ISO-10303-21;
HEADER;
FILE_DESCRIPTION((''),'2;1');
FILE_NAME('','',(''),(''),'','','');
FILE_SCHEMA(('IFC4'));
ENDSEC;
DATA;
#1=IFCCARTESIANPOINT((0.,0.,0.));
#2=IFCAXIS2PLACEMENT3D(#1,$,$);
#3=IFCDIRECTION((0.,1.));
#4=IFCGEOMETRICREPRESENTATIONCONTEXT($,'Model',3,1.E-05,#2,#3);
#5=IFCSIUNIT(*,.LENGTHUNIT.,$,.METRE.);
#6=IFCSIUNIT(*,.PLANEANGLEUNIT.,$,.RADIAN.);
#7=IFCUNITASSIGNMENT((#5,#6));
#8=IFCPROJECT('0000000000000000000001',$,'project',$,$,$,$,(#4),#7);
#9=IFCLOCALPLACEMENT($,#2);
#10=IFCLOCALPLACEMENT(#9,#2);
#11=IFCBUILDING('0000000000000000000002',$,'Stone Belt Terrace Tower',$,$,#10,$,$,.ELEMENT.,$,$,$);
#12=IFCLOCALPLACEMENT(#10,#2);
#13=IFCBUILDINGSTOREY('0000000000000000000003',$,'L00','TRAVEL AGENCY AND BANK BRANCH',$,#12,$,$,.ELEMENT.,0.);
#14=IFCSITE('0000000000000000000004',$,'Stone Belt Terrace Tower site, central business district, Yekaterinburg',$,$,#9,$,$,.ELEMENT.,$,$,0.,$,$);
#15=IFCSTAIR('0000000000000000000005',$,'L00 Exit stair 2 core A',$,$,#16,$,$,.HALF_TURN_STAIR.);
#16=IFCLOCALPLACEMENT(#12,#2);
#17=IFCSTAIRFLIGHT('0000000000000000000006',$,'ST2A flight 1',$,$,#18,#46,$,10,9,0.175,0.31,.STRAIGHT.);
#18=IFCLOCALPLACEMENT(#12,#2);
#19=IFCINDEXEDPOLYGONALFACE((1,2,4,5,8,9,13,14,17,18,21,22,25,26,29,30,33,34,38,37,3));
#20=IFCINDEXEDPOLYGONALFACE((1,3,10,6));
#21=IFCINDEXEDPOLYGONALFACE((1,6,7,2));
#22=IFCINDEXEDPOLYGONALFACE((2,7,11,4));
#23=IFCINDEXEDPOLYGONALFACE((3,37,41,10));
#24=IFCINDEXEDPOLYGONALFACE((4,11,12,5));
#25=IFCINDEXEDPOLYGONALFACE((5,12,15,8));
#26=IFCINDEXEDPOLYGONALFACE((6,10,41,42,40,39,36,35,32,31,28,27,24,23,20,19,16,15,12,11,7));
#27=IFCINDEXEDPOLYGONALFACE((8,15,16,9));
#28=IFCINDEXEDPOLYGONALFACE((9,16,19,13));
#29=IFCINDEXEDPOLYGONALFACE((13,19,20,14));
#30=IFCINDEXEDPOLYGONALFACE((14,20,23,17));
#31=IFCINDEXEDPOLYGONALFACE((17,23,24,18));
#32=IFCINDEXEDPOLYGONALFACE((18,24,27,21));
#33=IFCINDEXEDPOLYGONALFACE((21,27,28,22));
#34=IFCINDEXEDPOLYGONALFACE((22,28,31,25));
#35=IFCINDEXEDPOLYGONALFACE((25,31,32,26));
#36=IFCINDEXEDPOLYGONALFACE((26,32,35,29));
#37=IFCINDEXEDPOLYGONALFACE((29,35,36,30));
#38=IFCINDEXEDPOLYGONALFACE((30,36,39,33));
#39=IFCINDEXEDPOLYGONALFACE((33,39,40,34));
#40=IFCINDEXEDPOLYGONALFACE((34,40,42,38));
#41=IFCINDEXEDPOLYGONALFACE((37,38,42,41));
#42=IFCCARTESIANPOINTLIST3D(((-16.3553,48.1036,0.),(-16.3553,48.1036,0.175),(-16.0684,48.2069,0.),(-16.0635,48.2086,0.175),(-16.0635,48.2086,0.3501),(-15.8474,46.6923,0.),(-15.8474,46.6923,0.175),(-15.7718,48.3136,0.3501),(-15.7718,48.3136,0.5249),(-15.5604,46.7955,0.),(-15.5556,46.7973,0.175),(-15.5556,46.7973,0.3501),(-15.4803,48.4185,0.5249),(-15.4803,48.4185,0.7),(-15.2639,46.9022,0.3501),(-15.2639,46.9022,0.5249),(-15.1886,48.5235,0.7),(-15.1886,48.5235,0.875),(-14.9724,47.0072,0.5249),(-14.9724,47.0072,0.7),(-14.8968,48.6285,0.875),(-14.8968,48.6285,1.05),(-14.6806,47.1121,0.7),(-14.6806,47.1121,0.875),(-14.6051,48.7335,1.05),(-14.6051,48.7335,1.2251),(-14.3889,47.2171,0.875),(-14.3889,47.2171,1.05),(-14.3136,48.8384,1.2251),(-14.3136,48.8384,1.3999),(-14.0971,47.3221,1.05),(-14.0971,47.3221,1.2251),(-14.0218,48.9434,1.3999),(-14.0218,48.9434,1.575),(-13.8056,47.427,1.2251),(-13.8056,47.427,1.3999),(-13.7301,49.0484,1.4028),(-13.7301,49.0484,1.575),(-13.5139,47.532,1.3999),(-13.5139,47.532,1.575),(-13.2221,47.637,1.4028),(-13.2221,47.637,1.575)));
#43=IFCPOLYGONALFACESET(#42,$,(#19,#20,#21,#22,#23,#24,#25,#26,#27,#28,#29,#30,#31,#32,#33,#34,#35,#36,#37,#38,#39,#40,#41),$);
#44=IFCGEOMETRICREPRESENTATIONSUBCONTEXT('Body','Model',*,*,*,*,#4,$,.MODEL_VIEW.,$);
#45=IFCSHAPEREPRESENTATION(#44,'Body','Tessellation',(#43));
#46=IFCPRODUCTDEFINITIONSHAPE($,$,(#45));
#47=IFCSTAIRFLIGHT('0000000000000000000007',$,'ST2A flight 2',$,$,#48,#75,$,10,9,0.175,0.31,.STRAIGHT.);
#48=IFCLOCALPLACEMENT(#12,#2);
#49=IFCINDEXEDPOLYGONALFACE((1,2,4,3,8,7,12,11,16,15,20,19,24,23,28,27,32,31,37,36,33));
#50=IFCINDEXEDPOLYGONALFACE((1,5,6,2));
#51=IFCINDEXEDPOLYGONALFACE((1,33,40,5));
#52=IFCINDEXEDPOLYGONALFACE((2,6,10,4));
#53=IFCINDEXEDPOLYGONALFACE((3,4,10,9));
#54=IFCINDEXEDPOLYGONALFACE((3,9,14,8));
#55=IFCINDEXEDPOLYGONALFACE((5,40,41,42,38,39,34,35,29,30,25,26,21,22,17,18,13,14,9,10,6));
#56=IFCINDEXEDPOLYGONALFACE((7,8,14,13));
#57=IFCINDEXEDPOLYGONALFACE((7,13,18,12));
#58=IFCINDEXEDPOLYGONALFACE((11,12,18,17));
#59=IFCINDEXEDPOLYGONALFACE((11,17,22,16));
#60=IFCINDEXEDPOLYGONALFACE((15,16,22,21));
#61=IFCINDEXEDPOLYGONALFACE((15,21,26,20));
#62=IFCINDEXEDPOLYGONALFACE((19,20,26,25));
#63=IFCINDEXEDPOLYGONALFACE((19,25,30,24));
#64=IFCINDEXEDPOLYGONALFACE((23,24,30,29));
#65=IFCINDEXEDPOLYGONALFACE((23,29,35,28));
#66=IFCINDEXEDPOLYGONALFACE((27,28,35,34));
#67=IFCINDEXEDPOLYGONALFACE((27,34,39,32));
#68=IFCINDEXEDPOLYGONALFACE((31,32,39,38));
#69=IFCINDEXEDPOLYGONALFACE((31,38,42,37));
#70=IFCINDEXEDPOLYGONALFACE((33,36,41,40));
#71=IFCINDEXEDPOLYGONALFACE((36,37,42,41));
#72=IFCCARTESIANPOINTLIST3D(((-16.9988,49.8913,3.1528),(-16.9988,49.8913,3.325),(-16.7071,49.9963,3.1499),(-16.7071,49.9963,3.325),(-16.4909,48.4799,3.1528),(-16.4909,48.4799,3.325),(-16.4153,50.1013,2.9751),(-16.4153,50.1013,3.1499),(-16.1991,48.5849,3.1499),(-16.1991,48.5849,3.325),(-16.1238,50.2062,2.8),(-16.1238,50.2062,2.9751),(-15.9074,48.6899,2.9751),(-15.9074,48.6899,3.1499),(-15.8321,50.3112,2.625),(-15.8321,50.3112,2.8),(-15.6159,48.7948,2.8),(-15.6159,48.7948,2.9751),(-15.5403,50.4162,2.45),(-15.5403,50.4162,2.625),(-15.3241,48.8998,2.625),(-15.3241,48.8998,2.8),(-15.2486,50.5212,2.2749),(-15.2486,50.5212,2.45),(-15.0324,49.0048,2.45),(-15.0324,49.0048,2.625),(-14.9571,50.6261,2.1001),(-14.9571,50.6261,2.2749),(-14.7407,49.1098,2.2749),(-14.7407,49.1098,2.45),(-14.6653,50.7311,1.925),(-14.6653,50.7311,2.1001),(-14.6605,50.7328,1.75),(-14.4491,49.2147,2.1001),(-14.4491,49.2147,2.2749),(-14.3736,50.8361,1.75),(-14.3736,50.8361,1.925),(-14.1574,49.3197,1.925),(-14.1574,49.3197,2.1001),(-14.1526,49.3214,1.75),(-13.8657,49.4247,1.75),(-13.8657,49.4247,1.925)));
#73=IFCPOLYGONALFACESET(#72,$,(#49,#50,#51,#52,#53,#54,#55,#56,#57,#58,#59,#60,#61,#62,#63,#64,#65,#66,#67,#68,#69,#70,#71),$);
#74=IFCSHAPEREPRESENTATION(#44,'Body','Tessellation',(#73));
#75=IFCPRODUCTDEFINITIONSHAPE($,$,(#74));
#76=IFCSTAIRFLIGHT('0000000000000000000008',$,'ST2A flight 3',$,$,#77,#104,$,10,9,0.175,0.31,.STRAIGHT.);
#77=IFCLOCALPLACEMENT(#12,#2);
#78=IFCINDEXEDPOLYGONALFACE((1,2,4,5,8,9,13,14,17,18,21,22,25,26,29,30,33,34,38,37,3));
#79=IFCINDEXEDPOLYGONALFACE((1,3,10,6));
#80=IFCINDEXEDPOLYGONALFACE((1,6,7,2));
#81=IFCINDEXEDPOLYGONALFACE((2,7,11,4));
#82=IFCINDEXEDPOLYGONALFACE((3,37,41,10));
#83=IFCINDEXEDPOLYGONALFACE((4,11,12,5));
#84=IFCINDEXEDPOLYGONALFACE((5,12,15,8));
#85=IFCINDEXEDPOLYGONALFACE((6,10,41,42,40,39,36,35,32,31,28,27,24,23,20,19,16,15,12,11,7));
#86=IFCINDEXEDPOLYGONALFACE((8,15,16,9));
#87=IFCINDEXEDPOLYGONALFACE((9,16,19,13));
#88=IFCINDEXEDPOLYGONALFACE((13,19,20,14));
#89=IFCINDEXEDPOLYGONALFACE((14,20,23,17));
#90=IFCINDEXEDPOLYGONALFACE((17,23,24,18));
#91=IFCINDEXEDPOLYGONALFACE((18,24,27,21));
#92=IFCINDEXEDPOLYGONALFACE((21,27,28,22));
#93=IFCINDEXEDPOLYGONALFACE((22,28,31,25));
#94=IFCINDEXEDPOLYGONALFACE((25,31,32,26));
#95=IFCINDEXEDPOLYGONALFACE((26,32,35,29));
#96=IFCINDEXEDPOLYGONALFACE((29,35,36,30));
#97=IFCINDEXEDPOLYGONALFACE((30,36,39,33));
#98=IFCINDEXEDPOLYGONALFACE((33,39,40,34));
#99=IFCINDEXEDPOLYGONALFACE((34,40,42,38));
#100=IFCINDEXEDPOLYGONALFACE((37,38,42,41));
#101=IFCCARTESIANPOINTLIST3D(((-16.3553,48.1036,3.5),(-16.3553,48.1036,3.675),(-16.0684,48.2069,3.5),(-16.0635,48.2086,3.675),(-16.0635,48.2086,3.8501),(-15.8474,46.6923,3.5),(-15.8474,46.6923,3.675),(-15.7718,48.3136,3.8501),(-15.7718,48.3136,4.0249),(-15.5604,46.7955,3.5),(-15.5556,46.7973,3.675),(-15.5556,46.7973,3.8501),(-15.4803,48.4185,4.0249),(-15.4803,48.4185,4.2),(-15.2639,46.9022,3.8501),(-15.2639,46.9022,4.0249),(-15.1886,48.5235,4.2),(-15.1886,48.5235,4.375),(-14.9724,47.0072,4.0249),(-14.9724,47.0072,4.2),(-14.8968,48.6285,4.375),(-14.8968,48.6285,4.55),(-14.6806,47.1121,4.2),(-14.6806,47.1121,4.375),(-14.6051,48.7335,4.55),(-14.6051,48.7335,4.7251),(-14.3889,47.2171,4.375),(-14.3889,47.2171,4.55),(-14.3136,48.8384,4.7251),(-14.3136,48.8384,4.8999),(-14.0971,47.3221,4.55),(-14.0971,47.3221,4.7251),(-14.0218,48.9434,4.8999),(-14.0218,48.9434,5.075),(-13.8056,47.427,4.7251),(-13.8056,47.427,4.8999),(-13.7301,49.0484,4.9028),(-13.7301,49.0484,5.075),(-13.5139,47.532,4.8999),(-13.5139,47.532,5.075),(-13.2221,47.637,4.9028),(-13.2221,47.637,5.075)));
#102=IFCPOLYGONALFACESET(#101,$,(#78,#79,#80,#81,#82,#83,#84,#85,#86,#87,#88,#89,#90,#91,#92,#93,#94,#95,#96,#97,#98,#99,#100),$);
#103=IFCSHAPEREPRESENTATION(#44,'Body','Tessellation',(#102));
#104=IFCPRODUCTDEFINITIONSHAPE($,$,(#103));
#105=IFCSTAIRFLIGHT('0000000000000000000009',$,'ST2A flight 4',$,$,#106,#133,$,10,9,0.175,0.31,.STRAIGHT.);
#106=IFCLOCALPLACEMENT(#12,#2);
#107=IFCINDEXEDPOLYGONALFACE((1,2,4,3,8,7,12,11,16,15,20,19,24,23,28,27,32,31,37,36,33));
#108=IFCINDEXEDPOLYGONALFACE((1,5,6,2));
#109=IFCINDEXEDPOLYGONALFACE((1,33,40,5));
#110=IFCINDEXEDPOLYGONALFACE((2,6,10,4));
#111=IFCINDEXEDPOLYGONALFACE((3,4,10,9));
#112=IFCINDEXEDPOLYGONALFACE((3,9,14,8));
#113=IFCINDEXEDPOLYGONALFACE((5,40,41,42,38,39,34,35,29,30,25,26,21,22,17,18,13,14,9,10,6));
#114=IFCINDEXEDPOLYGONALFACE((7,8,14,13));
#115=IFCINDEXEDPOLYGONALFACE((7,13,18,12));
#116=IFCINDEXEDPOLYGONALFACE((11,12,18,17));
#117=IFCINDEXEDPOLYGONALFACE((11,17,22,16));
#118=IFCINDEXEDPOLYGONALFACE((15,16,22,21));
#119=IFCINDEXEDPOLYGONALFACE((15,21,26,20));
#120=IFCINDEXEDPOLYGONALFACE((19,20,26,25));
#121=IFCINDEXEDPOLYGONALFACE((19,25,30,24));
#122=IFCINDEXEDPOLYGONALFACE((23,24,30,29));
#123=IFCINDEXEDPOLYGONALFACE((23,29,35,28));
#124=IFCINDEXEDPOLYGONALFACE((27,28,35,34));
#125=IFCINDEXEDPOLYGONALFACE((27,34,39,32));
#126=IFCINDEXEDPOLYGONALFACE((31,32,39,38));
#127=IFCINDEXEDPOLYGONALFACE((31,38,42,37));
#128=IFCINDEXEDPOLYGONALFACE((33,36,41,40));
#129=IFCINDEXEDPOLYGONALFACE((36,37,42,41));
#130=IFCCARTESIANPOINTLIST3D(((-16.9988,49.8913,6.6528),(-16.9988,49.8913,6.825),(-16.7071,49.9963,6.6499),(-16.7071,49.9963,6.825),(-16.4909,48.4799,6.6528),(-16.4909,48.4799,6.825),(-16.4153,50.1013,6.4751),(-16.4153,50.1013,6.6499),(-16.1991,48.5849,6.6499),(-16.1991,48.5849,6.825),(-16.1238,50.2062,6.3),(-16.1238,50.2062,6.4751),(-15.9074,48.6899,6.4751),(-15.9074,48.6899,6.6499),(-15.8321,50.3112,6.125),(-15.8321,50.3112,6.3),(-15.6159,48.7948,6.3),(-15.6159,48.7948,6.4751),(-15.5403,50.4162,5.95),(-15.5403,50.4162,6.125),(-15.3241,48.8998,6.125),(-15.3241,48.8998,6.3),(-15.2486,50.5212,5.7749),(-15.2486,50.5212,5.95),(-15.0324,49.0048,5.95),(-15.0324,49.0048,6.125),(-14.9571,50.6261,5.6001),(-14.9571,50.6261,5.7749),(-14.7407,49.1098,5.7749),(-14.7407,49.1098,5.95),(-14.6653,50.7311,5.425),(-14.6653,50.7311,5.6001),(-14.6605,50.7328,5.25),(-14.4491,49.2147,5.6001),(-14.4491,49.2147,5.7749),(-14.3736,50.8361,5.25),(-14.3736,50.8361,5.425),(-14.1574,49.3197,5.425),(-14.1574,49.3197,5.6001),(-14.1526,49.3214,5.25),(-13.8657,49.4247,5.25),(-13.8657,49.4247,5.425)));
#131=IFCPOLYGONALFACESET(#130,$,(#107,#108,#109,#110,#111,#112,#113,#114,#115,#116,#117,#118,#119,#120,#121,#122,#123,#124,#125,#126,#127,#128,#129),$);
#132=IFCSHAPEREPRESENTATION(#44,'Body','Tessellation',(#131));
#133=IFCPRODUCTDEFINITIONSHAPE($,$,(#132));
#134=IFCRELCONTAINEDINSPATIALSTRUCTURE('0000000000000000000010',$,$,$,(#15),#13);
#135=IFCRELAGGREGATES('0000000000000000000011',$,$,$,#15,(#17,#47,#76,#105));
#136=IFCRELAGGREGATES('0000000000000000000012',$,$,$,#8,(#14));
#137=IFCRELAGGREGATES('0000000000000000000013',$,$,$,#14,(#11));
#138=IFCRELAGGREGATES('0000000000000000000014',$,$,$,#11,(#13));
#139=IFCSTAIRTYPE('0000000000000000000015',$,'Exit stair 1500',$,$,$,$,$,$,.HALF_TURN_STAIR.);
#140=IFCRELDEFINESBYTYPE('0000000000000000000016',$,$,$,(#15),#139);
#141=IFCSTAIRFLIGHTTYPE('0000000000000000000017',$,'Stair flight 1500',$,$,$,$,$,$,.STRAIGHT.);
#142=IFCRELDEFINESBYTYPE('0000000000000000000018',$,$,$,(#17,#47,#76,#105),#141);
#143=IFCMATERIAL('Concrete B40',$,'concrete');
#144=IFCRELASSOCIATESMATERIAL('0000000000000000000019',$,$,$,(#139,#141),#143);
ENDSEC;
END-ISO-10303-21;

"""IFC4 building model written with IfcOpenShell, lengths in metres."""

from ifc_helpers import new_model, si_unit, direction, frame, origin, place, context, subcontext, project, spatial, polyline, outline, extrude, material, type_object, element, aggregate, save


model = new_model("IFC4")

# Units and contexts
model_context = context("Model", 3, precision=1e-05, world=origin(), true_north=direction((0.0, 1.0)))
body_context = subcontext(model_context, "Body", "Model", "MODEL_VIEW")
ifc_project = project(units=[si_unit("LENGTHUNIT", "METRE"), si_unit("PLANEANGLEUNIT", "RADIAN")], contexts=[model_context])

# Site, building, storey
site_placement = place(None, origin())
site = spatial("IfcSite", under=ifc_project, at=site_placement, Name="Stone Belt Terrace Tower site, central business district, Yekaterinburg", CompositionType="ELEMENT", RefElevation=0.0)
building_placement = place(site_placement, origin())
building = spatial("IfcBuilding", under=site, at=building_placement, Name="Stone Belt Terrace Tower", CompositionType="ELEMENT")
storey_placement = place(building_placement, origin())
storey = spatial("IfcBuildingStorey", under=building, at=storey_placement, Name="L00", Description="TRAVEL AGENCY AND BANK BRANCH", CompositionType="ELEMENT", Elevation=0.0)

# Shared definitions
ifc_material_1 = material(Name="Concrete B40", Category="concrete")
stair_type = type_object("IfcStairType", Name="Exit stair 1500", PredefinedType="HALF_TURN_STAIR", material=ifc_material_1)
stair_flight_type = type_object("IfcStairFlightType", Name="Stair flight 1500", PredefinedType="STRAIGHT", material=ifc_material_1)

# Stair, stair flights
stair_1_placement = place(storey_placement, origin())
stair_1 = element("IfcStair", 1, at=stair_1_placement, inside=storey, type_object=stair_type, Name="L00 Exit stair 2 core A", PredefinedType="HALF_TURN_STAIR")
stair_flight_1_placement = place(storey_placement, frame((-16.1013, 47.3979, 0.0), z_axis=(0.0, 0.0, 1.0), x_axis=(0.940922, 0.338624, 0.0)))
stair_flight_1 = element("IfcStairFlight", 2, at=stair_flight_1_placement, type_object=stair_flight_type, Name="ST2A flight 1", NumberOfRisers=10, NumberOfTreads=9, PredefinedType="STRAIGHT", RiserHeight=0.175, TreadLength=0.31, context=body_context, shape_type="SweptSolid", body=[
    extrude(outline(polyline([(0.0, 0.0), (0.0, 0.175), (0.3101, 0.175), (0.3101, 0.3501), (0.6201, 0.3501), (0.6201, 0.5249), (0.9299, 0.5249), (0.9299, 0.7), (1.24, 0.7), (1.24, 0.875), (1.55, 0.875), (1.55, 1.05), (1.8601, 1.05), (1.8601, 1.2251), (2.1699, 1.2251), (2.1699, 1.3999), (2.48, 1.3999), (2.48, 1.575), (2.79, 1.575), (2.79, 1.75), (2.79, 1.4028), (0.3049, 0.0), (0.0, 0.0)])), frame((0.0, 0.75, 0.0), z_axis=(0.0, -1.0, 0.0), x_axis=(1.0, 0.0, 0.0)), (0.0, 0.0, 1.0), 1.5),
])
stair_flight_2_placement = place(storey_placement, frame((-14.1196, 50.1304, 1.75), z_axis=(0.0, 0.0, 1.0), x_axis=(-0.940922, -0.338624, 0.0)))
stair_flight_2 = element("IfcStairFlight", 3, at=stair_flight_2_placement, type_object=stair_flight_type, Name="ST2A flight 2", NumberOfRisers=10, NumberOfTreads=9, PredefinedType="STRAIGHT", RiserHeight=0.175, TreadLength=0.31, context=body_context, shape_type="SweptSolid", body=[
    extrude(outline(polyline([(0.0, 0.0), (0.0, 0.175), (0.3101, 0.175), (0.3101, 0.3501), (0.6201, 0.3501), (0.6201, 0.5249), (0.9299, 0.5249), (0.9299, 0.7), (1.24, 0.7), (1.24, 0.875), (1.55, 0.875), (1.55, 1.05), (1.8601, 1.05), (1.8601, 1.2251), (2.1699, 1.2251), (2.1699, 1.3999), (2.48, 1.3999), (2.48, 1.575), (2.79, 1.575), (2.79, 1.75), (2.79, 1.4028), (0.3049, 0.0), (0.0, 0.0)])), frame((0.0, 0.75, 0.0), z_axis=(0.0, -1.0, 0.0), x_axis=(1.0, 0.0, 0.0)), (0.0, 0.0, 1.0), 1.5),
])
stair_flight_3_placement = place(storey_placement, frame((-16.1013, 47.3979, 3.5), z_axis=(0.0, 0.0, 1.0), x_axis=(0.940922, 0.338624, 0.0)))
stair_flight_3 = element("IfcStairFlight", 4, at=stair_flight_3_placement, type_object=stair_flight_type, Name="ST2A flight 3", NumberOfRisers=10, NumberOfTreads=9, PredefinedType="STRAIGHT", RiserHeight=0.175, TreadLength=0.31, context=body_context, shape_type="SweptSolid", body=[
    extrude(outline(polyline([(0.0, 0.0), (0.0, 0.175), (0.3101, 0.175), (0.3101, 0.3501), (0.6201, 0.3501), (0.6201, 0.5249), (0.9299, 0.5249), (0.9299, 0.7), (1.24, 0.7), (1.24, 0.875), (1.55, 0.875), (1.55, 1.05), (1.8601, 1.05), (1.8601, 1.2251), (2.1699, 1.2251), (2.1699, 1.3999), (2.48, 1.3999), (2.48, 1.575), (2.79, 1.575), (2.79, 1.75), (2.79, 1.4028), (0.3049, 0.0), (0.0, 0.0)])), frame((0.0, 0.75, 0.0), z_axis=(0.0, -1.0, 0.0), x_axis=(1.0, 0.0, 0.0)), (0.0, 0.0, 1.0), 1.5),
])
stair_flight_4_placement = place(storey_placement, frame((-14.1196, 50.1304, 5.25), z_axis=(0.0, 0.0, 1.0), x_axis=(-0.940922, -0.338624, 0.0)))
stair_flight_4 = element("IfcStairFlight", 5, at=stair_flight_4_placement, type_object=stair_flight_type, Name="ST2A flight 4", NumberOfRisers=10, NumberOfTreads=9, PredefinedType="STRAIGHT", RiserHeight=0.175, TreadLength=0.31, context=body_context, shape_type="SweptSolid", body=[
    extrude(outline(polyline([(0.0, 0.0), (0.0, 0.175), (0.3101, 0.175), (0.3101, 0.3501), (0.6201, 0.3501), (0.6201, 0.5249), (0.9299, 0.5249), (0.9299, 0.7), (1.24, 0.7), (1.24, 0.875), (1.55, 0.875), (1.55, 1.05), (1.8601, 1.05), (1.8601, 1.2251), (2.1699, 1.2251), (2.1699, 1.3999), (2.48, 1.3999), (2.48, 1.575), (2.79, 1.575), (2.79, 1.75), (2.79, 1.4028), (0.3049, 0.0), (0.0, 0.0)])), frame((0.0, 0.75, 0.0), z_axis=(0.0, -1.0, 0.0), x_axis=(1.0, 0.0, 0.0)), (0.0, 0.0, 1.0), 1.5),
])
aggregate(stair_1, [stair_flight_1, stair_flight_2, stair_flight_3, stair_flight_4])

save(model, "model.ifc")
